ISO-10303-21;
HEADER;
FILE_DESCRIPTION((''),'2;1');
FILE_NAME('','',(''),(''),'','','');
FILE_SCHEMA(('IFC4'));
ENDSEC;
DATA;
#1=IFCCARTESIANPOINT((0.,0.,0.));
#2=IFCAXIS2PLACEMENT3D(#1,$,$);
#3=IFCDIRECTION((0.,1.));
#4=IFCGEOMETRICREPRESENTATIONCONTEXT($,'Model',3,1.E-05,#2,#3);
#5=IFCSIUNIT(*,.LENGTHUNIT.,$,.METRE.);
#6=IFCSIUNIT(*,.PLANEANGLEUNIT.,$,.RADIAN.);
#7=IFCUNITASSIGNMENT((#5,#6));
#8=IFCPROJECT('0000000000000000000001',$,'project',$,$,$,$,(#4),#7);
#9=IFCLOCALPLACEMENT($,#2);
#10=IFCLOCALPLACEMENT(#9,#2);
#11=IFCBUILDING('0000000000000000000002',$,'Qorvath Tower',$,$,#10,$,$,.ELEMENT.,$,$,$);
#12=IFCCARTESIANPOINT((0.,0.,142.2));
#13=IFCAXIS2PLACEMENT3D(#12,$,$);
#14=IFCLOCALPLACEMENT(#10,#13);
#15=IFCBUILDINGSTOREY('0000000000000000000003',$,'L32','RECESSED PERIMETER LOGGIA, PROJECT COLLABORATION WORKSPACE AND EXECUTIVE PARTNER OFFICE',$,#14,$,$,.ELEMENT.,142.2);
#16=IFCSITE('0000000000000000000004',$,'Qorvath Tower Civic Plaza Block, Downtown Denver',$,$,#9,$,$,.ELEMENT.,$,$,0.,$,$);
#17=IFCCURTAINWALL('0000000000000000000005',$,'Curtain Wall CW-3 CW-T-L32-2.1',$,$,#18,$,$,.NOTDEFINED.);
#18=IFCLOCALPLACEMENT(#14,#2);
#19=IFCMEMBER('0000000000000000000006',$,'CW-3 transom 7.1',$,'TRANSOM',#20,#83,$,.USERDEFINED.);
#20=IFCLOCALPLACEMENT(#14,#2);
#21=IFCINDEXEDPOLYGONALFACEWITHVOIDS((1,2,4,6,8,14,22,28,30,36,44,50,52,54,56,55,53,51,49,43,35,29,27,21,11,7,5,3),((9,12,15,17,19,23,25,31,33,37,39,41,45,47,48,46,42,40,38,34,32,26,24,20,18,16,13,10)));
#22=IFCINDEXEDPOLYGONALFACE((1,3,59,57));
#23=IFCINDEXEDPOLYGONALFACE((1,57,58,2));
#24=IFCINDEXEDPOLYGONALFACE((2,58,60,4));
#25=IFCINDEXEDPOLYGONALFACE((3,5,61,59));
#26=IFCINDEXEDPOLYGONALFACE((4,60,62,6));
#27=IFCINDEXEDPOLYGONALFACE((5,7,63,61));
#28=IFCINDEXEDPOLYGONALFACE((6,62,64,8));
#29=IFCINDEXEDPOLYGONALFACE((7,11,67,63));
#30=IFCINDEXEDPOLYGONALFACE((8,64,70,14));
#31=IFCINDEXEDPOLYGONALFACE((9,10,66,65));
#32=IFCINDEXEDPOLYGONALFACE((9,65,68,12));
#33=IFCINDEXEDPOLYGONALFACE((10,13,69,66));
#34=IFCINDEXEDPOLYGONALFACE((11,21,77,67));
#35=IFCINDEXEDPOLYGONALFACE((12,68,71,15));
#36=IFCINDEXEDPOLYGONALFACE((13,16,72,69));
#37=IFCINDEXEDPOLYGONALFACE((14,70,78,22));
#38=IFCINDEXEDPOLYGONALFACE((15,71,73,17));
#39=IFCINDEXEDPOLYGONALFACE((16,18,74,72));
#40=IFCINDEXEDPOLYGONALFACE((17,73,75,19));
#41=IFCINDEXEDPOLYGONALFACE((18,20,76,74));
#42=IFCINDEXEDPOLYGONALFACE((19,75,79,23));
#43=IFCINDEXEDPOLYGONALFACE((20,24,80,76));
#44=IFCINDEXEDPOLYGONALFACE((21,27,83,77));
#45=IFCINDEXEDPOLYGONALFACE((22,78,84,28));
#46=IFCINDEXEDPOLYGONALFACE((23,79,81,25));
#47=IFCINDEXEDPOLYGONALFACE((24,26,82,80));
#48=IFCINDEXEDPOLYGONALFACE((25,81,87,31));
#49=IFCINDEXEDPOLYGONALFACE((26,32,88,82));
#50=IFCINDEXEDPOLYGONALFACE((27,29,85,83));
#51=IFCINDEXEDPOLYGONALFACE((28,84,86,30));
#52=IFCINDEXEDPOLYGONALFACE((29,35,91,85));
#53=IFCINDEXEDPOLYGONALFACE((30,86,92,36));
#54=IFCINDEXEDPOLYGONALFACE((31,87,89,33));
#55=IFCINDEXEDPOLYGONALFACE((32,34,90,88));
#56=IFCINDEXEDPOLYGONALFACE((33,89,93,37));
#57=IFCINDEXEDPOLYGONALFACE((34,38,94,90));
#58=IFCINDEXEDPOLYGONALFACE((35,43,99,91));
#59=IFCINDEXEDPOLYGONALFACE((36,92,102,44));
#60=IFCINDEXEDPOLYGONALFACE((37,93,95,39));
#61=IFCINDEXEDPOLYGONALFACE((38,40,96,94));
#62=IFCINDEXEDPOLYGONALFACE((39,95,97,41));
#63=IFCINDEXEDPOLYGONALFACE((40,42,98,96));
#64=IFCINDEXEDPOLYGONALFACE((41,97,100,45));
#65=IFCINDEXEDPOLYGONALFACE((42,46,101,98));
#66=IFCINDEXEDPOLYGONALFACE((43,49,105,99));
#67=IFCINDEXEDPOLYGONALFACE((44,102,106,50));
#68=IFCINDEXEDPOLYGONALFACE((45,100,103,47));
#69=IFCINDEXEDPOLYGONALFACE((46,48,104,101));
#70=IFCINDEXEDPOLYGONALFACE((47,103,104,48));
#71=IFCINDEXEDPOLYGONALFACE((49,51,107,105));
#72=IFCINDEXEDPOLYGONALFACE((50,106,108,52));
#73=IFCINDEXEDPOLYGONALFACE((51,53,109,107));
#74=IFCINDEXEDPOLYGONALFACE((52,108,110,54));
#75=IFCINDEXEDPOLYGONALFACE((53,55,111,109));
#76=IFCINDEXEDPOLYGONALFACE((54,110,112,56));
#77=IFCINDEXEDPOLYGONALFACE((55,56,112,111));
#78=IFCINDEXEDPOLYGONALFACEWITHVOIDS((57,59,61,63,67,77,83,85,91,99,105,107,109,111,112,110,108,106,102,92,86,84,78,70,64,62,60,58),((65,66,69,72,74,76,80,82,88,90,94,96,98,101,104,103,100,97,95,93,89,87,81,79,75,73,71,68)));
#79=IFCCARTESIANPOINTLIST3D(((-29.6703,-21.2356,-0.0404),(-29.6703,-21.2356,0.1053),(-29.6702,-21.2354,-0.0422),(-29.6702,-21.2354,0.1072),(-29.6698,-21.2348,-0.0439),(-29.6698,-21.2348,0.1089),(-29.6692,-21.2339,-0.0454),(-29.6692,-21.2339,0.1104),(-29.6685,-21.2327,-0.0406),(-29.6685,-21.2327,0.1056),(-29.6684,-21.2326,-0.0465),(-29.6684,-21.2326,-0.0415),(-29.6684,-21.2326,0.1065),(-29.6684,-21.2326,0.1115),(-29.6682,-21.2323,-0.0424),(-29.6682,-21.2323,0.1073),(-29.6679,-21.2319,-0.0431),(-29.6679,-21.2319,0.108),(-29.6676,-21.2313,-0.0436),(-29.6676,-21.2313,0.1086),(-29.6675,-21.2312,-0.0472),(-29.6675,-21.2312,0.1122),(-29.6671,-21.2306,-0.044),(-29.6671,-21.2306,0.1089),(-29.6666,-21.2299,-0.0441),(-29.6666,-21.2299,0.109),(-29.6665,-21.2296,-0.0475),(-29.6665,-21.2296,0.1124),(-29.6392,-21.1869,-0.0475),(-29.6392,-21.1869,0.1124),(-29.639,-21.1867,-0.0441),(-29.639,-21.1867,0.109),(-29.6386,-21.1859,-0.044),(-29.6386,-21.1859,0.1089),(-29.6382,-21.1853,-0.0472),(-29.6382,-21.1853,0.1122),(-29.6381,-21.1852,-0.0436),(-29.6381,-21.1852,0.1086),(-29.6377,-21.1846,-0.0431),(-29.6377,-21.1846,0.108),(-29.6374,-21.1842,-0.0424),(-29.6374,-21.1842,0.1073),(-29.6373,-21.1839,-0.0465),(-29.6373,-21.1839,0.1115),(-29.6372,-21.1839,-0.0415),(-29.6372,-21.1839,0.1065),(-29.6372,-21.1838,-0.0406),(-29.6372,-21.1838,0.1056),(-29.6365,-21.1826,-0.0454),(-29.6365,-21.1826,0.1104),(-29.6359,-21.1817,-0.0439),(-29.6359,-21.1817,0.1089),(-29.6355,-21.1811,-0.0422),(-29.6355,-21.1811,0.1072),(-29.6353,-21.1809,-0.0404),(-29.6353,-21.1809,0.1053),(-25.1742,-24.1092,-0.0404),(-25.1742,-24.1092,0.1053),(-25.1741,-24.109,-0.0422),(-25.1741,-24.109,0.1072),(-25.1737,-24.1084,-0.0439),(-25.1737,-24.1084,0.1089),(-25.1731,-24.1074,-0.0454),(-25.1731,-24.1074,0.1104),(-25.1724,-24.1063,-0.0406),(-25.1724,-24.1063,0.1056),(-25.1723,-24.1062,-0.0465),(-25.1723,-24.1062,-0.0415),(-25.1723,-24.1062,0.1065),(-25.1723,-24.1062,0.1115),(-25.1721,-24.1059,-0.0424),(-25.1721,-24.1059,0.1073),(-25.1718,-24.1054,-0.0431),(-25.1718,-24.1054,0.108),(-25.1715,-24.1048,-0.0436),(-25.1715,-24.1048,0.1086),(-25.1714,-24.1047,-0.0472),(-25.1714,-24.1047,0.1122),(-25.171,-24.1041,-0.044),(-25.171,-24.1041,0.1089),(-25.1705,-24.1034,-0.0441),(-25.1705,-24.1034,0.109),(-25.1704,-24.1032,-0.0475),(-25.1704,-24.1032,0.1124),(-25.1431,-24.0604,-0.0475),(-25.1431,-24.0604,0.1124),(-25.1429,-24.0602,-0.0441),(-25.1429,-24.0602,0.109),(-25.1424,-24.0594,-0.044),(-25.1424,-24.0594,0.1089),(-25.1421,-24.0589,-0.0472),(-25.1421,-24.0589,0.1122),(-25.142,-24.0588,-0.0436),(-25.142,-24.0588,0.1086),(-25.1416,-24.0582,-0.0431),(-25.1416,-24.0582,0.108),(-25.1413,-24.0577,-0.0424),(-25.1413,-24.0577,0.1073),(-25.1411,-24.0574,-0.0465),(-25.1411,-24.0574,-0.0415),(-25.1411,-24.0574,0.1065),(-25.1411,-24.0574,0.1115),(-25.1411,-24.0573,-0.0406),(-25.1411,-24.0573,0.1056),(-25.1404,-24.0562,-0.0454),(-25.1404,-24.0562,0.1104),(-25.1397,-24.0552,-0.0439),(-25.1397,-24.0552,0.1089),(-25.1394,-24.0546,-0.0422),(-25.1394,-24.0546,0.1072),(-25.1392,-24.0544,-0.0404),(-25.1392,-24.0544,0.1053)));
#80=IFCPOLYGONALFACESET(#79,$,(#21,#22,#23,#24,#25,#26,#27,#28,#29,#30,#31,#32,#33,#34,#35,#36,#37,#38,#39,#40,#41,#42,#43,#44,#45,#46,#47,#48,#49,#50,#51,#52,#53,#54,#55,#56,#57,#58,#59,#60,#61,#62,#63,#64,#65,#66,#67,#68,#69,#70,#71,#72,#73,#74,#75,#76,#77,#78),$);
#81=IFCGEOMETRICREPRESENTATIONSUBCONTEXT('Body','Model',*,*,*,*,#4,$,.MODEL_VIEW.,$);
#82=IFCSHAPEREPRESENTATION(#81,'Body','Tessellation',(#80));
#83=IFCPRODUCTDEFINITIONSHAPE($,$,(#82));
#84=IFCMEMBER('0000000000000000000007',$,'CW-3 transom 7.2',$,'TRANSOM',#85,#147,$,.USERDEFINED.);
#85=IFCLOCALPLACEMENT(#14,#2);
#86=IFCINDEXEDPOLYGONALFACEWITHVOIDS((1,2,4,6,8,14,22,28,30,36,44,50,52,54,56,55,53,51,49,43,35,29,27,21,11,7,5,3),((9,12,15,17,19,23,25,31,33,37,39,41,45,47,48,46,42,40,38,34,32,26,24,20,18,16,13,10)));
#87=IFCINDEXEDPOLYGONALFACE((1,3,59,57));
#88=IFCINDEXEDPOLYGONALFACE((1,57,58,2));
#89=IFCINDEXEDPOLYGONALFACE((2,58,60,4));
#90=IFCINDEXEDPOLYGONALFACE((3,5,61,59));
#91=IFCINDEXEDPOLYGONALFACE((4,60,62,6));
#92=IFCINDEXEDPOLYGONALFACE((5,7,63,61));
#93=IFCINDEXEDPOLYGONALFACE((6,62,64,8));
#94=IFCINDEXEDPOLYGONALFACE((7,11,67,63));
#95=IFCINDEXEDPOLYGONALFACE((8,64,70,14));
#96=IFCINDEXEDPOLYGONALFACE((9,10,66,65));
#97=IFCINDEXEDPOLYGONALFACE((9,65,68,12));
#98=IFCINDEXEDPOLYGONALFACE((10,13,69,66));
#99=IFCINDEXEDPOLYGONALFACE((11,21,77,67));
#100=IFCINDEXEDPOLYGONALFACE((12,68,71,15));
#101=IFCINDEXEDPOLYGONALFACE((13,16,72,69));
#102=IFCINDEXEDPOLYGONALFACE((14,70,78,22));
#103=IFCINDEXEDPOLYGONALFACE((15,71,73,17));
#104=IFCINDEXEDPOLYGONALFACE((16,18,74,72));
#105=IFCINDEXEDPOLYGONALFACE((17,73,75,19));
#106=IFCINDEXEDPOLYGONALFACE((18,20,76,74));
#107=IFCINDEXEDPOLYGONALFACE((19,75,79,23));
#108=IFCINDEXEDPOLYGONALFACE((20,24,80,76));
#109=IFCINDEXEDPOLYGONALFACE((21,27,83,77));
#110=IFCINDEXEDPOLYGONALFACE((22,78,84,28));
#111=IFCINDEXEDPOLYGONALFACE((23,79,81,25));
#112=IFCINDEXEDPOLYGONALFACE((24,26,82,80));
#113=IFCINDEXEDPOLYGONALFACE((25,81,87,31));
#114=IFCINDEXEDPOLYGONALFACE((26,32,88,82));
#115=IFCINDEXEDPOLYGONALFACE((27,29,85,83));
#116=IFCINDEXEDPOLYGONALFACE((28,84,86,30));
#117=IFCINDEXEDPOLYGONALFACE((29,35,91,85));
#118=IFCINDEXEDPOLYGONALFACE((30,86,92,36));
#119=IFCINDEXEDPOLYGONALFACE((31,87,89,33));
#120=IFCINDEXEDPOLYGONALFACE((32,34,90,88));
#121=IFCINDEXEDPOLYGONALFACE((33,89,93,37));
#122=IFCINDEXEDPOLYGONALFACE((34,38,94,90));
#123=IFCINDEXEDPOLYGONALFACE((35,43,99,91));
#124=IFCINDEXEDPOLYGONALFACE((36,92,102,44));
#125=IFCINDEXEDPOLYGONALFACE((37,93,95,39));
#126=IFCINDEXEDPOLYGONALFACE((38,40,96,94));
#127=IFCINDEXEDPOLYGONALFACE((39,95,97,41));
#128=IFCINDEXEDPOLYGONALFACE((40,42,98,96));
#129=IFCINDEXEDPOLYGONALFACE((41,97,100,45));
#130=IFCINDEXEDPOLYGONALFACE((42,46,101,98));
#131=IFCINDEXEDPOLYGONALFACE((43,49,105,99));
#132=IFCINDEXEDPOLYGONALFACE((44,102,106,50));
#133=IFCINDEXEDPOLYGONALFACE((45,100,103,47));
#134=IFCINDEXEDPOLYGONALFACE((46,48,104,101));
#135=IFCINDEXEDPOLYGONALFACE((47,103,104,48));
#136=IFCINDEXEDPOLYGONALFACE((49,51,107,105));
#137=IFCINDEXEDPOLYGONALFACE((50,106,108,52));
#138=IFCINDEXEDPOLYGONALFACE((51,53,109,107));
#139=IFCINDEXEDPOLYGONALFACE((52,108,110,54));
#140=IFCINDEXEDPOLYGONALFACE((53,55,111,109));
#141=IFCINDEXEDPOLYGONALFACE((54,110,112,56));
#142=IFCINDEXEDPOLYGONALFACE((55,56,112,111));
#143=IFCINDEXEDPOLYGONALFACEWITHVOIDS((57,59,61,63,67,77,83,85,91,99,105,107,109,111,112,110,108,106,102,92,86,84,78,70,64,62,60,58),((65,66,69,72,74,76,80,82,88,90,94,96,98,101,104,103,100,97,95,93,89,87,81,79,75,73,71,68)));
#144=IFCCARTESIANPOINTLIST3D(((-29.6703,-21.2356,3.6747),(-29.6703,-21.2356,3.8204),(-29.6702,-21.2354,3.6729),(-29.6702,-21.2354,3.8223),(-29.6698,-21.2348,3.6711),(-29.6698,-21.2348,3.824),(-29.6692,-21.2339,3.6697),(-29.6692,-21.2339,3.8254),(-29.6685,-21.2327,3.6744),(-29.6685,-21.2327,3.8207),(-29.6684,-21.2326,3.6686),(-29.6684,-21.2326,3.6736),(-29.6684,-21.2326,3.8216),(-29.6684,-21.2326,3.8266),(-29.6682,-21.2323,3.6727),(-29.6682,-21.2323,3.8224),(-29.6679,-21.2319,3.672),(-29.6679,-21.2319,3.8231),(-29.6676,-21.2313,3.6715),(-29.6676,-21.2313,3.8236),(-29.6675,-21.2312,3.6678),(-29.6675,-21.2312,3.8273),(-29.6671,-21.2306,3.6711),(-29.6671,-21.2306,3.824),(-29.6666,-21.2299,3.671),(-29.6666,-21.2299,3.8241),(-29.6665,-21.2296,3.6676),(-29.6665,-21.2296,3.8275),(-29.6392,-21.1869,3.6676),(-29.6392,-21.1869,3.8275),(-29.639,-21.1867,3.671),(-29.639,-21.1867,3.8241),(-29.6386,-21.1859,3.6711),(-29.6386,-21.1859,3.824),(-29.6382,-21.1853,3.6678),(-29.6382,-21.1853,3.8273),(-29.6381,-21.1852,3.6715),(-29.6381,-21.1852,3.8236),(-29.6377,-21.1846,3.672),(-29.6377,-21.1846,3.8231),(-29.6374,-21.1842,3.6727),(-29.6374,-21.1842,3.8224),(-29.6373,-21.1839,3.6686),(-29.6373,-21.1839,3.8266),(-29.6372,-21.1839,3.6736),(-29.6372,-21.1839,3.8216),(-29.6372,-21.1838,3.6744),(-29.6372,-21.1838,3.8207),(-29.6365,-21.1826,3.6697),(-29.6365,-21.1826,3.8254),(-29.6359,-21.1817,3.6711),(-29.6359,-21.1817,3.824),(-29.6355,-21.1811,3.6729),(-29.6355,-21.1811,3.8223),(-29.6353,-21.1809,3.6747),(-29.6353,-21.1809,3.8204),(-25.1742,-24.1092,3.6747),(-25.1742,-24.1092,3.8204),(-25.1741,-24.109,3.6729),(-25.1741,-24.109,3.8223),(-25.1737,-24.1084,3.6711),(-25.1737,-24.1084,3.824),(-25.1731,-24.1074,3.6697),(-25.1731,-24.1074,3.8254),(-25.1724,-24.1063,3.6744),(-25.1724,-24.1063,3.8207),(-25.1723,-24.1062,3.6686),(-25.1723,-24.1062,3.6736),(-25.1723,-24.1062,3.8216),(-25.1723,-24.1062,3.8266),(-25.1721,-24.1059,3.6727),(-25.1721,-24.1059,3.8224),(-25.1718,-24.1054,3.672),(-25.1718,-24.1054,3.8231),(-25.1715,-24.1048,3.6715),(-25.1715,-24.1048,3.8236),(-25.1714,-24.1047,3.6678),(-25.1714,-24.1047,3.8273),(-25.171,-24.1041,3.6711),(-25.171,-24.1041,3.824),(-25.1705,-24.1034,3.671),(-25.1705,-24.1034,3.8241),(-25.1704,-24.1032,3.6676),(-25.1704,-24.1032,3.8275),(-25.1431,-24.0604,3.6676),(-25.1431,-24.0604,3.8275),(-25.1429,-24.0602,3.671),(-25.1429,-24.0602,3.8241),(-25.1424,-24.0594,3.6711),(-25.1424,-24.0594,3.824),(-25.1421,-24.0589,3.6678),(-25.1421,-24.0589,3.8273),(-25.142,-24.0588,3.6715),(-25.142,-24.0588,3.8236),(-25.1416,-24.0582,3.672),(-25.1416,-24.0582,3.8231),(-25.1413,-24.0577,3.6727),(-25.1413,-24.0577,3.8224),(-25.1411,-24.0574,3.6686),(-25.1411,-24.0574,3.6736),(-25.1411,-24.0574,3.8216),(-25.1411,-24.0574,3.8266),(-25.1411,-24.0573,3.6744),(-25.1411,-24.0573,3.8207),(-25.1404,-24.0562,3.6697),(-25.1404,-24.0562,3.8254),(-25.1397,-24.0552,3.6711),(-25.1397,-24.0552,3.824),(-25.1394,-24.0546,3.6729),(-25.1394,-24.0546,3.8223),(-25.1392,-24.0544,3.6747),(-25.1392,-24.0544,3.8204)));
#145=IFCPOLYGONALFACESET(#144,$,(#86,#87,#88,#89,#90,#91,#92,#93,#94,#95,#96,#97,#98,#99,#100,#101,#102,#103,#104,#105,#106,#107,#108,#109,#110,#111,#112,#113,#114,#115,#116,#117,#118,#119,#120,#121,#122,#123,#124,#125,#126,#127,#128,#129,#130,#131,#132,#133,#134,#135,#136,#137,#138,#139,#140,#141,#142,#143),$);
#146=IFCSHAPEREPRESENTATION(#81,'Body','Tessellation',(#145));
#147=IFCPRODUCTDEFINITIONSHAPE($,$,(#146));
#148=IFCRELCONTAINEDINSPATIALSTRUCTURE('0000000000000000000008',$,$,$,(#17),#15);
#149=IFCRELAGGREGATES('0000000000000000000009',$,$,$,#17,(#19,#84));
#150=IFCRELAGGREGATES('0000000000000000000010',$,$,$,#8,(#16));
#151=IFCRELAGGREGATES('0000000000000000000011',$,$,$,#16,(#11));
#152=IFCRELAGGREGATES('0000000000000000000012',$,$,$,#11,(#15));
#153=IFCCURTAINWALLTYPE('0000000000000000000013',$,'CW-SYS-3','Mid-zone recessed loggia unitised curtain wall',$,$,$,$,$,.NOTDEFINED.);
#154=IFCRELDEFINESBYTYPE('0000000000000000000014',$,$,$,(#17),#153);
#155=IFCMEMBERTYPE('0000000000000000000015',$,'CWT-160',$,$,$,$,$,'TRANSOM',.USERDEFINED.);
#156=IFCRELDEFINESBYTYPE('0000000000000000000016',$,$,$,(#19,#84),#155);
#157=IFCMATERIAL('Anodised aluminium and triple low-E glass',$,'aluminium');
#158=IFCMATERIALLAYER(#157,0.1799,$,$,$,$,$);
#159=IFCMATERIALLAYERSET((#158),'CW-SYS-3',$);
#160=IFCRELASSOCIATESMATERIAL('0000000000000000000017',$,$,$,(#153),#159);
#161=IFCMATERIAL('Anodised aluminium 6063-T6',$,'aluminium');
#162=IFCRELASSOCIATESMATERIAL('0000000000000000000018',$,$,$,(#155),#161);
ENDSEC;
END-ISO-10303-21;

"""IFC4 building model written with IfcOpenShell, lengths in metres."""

from ifc_helpers import new_model, si_unit, direction, frame, origin, origin_2d, place, context, subcontext, project, spatial, hollow_rectangle, extrude, material, layer, layer_set, material_profile, profile_set, type_object, element, aggregate, save


model = new_model("IFC4")

# Units and contexts
model_context = context("Model", 3, precision=1e-05, world=origin(), true_north=direction((0.0, 1.0)))
body_context = subcontext(model_context, "Body", "Model", "MODEL_VIEW")
ifc_project = project(units=[si_unit("LENGTHUNIT", "METRE"), si_unit("PLANEANGLEUNIT", "RADIAN")], contexts=[model_context])

# Site, building, storey
site_placement = place(None, origin())
site = spatial("IfcSite", under=ifc_project, at=site_placement, Name="Qorvath Tower Civic Plaza Block, Downtown Denver", CompositionType="ELEMENT", RefElevation=0.0)
building_placement = place(site_placement, origin())
building = spatial("IfcBuilding", under=site, at=building_placement, Name="Qorvath Tower", CompositionType="ELEMENT")
storey_placement = place(building_placement, frame((0.0, 0.0, 142.2)))
storey = spatial("IfcBuildingStorey", under=building, at=storey_placement, Name="L32", Description="RECESSED PERIMETER LOGGIA, PROJECT COLLABORATION WORKSPACE AND EXECUTIVE PARTNER OFFICE", CompositionType="ELEMENT", Elevation=142.2)

# Curtain wall, members
ifc_material_1 = material(Name="Anodised aluminium and triple low-E glass", Category="aluminium")
ifc_layer_1 = layer(ifc_material_1, 0.1799)
ifc_layer_set_1 = layer_set([ifc_layer_1], Name="CW-SYS-3")
curtain_wall_type = type_object("IfcCurtainWallType", Name="CW-SYS-3", Description="Mid-zone recessed loggia unitised curtain wall", PredefinedType="NOTDEFINED", material=ifc_layer_set_1)
curtain_wall_placement = place(storey_placement, origin())
curtain_wall = element("IfcCurtainWall", 1, at=curtain_wall_placement, inside=storey, type_object=curtain_wall_type, Name="Curtain Wall CW-3 CW-T-L32-2.1", PredefinedType="NOTDEFINED")
ifc_material_2 = material(Name="Anodised aluminium 6063-T6", Category="aluminium")
ifc_material_profile_1 = material_profile(ifc_material_2, hollow_rectangle(XDim=0.0649, YDim=0.1599, WallThickness=0.0034, InnerFilletRadius=0.0034, OuterFilletRadius=0.0071, at=origin_2d()), Name="CWT 160x65")
ifc_profile_set_1 = profile_set([ifc_material_profile_1], Name="Anodised aluminium 6063-T6")
member_type_1 = type_object("IfcMemberType", Name="CWT-160", ElementType="TRANSOM", PredefinedType="USERDEFINED", material=ifc_profile_set_1)
member_1_placement = place(storey_placement, frame((-29.6528, -21.2083, 0.0325), z_axis=(0.842609, -0.538526, 0.0), x_axis=(0.538526, 0.842609, 0.0)))
member_1 = element("IfcMember", 2, at=member_1_placement, type_object=member_type_1, Name="CW-3 transom 7.1", ObjectType="TRANSOM", PredefinedType="USERDEFINED", context=body_context, shape_type="SweptSolid", body=[
    extrude(hollow_rectangle(XDim=0.0649, YDim=0.1599, WallThickness=0.0034, InnerFilletRadius=0.0034, OuterFilletRadius=0.0071, at=origin_2d()), origin(), (0.0, 0.0, 1.0), 5.3359),
])
member_2_placement = place(storey_placement, frame((-29.6528, -21.2083, 3.7476), z_axis=(0.842609, -0.538526, 0.0), x_axis=(0.538526, 0.842609, 0.0)))
member_2 = element("IfcMember", 3, at=member_2_placement, type_object=member_type_1, Name="CW-3 transom 7.2", ObjectType="TRANSOM", PredefinedType="USERDEFINED", context=body_context, shape_type="SweptSolid", body=[
    extrude(hollow_rectangle(XDim=0.0649, YDim=0.1599, WallThickness=0.0034, InnerFilletRadius=0.0034, OuterFilletRadius=0.0071, at=origin_2d()), origin(), (0.0, 0.0, 1.0), 5.3359),
])
aggregate(curtain_wall, [member_1, member_2])

save(model, "model.ifc")
